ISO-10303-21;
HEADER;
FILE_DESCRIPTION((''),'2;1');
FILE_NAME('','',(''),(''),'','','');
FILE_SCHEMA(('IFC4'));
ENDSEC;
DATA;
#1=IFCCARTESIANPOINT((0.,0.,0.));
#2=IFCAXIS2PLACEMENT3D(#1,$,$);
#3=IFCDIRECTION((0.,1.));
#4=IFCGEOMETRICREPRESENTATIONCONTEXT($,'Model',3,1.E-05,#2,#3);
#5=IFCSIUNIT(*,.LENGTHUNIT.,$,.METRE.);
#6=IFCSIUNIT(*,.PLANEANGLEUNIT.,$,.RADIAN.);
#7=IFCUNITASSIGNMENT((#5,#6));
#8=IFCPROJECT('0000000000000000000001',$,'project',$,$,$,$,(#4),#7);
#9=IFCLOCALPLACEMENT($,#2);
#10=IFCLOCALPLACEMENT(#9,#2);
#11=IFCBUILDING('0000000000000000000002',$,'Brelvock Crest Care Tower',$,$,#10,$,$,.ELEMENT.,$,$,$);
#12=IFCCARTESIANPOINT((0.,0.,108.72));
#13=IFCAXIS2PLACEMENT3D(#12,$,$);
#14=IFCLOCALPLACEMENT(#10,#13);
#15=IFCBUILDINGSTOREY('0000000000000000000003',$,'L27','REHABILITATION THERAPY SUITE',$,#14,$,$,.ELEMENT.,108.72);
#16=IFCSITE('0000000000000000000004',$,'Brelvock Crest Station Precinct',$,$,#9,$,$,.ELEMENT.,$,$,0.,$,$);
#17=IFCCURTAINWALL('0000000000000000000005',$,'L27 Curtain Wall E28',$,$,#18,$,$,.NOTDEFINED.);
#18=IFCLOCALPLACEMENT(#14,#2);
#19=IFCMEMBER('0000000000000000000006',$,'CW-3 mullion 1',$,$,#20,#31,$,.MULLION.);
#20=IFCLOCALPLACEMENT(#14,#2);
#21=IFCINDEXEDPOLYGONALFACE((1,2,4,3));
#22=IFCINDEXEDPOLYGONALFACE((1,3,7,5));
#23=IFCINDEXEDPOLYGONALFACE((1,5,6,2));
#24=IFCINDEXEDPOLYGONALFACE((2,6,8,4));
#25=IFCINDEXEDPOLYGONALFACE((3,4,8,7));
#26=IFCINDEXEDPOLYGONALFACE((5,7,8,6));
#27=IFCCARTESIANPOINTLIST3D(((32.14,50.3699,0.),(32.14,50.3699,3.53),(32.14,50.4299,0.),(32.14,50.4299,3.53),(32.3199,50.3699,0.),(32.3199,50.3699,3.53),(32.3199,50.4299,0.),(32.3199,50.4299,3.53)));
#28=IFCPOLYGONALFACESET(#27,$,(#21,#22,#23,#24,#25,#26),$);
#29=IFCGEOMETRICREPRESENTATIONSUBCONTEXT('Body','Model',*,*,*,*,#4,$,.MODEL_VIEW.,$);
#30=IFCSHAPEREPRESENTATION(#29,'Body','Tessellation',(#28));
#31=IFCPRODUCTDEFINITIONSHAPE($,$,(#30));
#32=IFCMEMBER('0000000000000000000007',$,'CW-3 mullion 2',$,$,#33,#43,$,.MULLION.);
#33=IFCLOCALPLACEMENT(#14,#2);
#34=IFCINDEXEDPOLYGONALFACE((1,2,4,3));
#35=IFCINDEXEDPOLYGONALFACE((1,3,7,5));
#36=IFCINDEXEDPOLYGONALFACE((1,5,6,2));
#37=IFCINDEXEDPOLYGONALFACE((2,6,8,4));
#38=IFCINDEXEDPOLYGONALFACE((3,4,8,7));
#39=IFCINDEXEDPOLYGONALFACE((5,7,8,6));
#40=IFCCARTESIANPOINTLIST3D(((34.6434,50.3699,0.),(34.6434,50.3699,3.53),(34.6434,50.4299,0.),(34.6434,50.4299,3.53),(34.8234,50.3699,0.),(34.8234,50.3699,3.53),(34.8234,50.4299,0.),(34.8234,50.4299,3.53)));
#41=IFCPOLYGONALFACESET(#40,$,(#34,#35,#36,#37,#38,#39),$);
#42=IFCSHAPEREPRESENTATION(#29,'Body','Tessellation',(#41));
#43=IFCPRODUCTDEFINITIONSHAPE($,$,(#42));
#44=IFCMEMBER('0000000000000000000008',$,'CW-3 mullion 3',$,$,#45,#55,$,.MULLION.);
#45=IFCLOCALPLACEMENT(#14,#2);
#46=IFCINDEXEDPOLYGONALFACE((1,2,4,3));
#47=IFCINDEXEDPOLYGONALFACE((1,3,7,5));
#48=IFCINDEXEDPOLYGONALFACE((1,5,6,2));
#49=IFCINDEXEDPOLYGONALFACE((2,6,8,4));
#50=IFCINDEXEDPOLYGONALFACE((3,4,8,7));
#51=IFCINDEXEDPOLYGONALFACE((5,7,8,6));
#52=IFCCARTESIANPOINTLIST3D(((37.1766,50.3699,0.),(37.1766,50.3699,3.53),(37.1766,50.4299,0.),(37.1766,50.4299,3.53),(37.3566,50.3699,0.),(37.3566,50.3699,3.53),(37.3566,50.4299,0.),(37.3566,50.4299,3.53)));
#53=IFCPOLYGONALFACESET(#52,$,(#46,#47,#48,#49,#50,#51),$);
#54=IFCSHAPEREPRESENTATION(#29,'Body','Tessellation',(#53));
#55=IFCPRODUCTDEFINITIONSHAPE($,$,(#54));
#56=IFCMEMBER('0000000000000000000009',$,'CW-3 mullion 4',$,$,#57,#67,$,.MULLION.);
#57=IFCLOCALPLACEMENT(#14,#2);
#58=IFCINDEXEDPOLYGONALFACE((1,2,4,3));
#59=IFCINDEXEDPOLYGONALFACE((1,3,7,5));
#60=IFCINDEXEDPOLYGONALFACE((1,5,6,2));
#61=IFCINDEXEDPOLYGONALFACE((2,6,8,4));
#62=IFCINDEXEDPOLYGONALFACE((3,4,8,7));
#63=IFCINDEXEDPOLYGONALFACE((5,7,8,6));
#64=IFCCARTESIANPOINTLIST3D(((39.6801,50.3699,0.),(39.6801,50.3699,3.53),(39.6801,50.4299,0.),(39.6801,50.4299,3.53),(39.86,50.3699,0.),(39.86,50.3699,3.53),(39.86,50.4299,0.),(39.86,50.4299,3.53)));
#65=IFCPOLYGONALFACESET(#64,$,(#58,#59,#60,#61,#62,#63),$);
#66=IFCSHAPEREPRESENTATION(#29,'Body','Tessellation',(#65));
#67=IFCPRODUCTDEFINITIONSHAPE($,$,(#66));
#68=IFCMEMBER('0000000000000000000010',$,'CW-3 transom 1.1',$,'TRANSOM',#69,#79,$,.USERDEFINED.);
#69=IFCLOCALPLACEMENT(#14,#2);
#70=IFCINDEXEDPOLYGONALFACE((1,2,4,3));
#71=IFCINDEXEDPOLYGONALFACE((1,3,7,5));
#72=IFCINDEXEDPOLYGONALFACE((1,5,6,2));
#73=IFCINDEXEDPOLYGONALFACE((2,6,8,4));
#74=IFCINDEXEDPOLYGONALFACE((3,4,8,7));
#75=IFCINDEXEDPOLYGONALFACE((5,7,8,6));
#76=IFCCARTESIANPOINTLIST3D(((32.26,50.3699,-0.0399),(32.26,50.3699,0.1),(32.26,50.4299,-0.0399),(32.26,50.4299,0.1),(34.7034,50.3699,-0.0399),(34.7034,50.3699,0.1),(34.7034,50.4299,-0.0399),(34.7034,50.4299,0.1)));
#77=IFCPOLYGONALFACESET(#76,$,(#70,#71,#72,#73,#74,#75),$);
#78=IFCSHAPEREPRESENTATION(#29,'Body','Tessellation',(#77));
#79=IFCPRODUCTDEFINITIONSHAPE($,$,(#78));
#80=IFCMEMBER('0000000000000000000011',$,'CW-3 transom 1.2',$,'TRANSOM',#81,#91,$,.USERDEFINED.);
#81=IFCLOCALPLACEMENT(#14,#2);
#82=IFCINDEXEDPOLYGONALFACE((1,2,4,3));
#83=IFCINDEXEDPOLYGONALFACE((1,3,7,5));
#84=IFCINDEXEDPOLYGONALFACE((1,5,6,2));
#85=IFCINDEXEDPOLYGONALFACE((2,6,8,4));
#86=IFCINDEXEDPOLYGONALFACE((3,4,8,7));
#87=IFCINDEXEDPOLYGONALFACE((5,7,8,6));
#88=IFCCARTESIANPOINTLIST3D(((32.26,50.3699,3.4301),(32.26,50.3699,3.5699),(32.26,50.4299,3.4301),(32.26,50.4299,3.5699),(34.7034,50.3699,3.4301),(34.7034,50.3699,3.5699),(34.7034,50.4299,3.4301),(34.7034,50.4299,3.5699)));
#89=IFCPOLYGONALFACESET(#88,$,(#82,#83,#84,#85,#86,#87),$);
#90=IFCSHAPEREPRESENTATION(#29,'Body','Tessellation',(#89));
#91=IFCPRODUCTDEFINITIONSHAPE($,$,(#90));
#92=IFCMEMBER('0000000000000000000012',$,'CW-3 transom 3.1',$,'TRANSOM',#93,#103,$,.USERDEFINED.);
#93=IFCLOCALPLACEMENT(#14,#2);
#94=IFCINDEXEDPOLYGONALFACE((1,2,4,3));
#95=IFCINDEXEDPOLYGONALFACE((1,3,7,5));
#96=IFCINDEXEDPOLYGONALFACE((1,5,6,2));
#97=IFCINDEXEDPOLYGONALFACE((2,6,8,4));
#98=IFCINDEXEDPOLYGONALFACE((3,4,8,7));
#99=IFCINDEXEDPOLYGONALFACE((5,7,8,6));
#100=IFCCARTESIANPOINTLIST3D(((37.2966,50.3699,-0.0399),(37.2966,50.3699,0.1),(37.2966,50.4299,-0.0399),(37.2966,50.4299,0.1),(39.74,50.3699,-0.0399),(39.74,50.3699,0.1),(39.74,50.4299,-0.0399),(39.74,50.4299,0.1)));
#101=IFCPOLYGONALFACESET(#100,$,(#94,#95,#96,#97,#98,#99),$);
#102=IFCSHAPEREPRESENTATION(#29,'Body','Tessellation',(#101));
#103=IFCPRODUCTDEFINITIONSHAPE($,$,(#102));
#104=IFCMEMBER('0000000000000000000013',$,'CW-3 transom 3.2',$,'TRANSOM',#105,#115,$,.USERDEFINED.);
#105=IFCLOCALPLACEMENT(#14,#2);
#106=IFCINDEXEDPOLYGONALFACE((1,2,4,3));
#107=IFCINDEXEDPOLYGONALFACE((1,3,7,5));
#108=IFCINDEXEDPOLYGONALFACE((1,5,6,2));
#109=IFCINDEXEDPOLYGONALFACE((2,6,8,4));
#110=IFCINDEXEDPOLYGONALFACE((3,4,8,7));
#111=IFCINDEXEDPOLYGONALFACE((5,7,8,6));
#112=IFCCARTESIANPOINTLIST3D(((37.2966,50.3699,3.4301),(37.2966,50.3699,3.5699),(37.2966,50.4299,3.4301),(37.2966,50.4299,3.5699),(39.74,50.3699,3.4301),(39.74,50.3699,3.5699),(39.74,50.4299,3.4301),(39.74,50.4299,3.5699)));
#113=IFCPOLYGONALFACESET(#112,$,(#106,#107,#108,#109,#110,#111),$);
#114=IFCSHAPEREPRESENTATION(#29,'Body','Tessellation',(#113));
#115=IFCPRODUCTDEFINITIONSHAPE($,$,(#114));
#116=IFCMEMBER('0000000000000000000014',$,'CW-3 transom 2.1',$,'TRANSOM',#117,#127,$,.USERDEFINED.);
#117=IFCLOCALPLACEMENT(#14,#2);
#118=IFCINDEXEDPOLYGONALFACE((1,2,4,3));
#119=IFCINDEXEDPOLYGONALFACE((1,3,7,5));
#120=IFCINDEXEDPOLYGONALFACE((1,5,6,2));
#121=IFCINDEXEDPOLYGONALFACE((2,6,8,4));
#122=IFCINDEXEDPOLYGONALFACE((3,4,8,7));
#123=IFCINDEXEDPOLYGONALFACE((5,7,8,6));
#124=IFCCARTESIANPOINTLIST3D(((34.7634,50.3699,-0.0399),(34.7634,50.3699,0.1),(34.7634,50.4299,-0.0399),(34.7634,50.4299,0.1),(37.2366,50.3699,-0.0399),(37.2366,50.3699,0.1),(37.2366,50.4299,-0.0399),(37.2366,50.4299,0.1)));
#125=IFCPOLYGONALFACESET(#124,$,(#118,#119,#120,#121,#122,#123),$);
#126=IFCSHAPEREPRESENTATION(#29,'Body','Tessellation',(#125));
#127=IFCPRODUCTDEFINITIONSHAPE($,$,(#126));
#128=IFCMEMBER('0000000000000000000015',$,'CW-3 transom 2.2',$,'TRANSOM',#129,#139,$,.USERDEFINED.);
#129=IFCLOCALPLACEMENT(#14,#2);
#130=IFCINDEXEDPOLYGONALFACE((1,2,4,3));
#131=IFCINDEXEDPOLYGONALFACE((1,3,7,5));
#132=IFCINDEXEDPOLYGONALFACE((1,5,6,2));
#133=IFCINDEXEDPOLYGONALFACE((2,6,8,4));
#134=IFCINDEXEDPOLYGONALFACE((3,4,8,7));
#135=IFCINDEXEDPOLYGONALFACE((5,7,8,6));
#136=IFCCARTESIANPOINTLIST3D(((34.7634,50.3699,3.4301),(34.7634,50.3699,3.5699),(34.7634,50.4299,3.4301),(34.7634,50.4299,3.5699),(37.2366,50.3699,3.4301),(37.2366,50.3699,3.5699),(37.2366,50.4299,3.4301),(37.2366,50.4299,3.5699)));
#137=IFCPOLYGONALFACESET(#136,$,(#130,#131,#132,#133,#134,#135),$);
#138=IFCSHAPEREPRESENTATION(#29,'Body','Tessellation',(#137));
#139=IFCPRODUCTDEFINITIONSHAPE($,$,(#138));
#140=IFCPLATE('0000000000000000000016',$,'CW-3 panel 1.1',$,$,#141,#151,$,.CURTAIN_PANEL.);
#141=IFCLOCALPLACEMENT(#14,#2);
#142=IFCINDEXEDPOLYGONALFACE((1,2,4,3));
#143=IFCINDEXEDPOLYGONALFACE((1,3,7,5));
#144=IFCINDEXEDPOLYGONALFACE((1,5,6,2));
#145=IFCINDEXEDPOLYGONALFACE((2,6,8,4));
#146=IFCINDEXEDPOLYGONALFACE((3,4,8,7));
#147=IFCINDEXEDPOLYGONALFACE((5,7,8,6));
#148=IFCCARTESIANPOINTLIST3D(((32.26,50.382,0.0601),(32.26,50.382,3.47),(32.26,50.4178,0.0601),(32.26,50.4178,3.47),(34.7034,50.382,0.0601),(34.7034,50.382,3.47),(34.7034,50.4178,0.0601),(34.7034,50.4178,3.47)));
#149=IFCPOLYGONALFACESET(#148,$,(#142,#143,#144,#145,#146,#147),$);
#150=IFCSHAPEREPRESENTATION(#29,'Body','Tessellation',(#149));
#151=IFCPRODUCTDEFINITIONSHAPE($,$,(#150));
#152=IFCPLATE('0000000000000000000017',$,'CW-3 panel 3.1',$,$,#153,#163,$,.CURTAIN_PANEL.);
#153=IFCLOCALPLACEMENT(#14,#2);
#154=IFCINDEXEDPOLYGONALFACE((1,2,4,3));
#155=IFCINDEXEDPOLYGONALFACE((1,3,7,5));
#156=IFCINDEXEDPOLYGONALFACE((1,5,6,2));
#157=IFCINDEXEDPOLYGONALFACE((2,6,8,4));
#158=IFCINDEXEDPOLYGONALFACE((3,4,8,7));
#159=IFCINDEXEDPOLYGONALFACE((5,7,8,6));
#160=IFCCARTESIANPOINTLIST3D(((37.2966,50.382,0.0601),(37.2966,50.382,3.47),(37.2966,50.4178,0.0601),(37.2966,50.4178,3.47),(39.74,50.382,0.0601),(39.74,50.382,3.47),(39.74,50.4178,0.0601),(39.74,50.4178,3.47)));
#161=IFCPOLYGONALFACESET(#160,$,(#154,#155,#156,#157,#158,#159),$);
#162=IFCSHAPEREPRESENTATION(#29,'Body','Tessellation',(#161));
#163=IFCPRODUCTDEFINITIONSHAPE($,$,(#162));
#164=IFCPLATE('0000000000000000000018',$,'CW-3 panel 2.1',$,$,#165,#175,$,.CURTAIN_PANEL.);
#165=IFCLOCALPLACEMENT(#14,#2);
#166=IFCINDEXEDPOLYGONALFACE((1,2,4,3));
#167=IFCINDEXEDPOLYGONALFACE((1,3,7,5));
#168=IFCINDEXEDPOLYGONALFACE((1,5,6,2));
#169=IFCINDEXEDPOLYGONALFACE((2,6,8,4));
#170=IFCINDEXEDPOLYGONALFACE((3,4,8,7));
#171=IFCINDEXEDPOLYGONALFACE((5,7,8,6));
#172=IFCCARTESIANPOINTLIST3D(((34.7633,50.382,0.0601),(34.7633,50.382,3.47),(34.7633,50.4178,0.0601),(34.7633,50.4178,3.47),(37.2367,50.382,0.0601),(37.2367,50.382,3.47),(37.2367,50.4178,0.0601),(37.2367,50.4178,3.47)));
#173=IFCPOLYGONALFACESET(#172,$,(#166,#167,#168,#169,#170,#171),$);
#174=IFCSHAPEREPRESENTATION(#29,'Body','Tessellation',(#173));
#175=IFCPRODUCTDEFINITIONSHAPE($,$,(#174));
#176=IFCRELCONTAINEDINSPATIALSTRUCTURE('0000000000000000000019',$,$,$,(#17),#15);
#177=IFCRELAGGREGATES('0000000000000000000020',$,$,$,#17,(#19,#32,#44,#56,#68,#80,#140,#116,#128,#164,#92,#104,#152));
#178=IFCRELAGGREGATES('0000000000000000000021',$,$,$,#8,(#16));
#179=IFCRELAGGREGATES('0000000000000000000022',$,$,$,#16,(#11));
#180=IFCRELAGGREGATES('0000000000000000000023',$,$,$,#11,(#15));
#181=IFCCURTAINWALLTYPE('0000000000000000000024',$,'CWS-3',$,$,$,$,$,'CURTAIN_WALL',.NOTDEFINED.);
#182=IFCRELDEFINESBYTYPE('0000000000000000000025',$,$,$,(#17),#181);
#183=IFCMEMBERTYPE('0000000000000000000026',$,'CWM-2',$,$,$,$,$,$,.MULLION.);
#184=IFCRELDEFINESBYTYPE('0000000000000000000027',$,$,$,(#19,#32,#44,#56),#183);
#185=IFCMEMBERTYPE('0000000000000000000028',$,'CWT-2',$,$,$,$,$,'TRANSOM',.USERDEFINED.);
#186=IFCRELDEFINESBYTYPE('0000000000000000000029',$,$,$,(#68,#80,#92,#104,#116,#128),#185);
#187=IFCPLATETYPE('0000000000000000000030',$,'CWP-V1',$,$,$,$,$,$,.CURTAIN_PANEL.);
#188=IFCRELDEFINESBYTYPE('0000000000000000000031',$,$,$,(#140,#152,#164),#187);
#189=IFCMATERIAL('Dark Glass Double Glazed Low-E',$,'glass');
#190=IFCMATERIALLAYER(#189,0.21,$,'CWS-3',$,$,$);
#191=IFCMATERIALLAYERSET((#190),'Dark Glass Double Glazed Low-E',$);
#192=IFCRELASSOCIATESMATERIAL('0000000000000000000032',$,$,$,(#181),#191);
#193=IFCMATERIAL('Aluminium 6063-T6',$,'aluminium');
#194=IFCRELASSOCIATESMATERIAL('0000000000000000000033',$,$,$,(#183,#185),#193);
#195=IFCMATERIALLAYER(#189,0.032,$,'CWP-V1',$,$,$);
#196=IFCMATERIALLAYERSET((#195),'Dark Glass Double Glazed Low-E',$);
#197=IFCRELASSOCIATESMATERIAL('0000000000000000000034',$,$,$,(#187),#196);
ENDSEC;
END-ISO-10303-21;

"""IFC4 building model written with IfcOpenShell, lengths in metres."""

from ifc_helpers import new_model, si_unit, direction, frame, origin, origin_2d, place, context, subcontext, project, spatial, rectangle, extrude, source, transform, mapped, material, layer, layer_set, material_profile, profile_set, type_object, element, aggregate, save


model = new_model("IFC4")

# Units and contexts
model_context = context("Model", 3, precision=1e-05, world=origin(), true_north=direction((0.0, 1.0)))
body_context = subcontext(model_context, "Body", "Model", "MODEL_VIEW")
ifc_project = project(units=[si_unit("LENGTHUNIT", "METRE"), si_unit("PLANEANGLEUNIT", "RADIAN")], contexts=[model_context])

# Site, building, storey
site_placement = place(None, origin())
site = spatial("IfcSite", under=ifc_project, at=site_placement, Name="Brelvock Crest Station Precinct", CompositionType="ELEMENT", RefElevation=0.0)
building_placement = place(site_placement, origin())
building = spatial("IfcBuilding", under=site, at=building_placement, Name="Brelvock Crest Care Tower", CompositionType="ELEMENT")
storey_placement = place(building_placement, frame((0.0, 0.0, 108.72)))
storey = spatial("IfcBuildingStorey", under=building, at=storey_placement, Name="L27", Description="REHABILITATION THERAPY SUITE", CompositionType="ELEMENT", Elevation=108.72)

# Curtain wall, members, plates
ifc_material_1 = material(Name="Dark Glass Double Glazed Low-E", Category="glass")
ifc_layer_1 = layer(ifc_material_1, 0.21, Name="CWS-3")
ifc_layer_set_1 = layer_set([ifc_layer_1], Name="Dark Glass Double Glazed Low-E")
curtain_wall_type = type_object("IfcCurtainWallType", Name="CWS-3", ElementType="CURTAIN_WALL", PredefinedType="NOTDEFINED", material=ifc_layer_set_1)
curtain_wall_placement = place(storey_placement, origin())
curtain_wall = element("IfcCurtainWall", 1, at=curtain_wall_placement, inside=storey, type_object=curtain_wall_type, Name="L27 Curtain Wall E28", PredefinedType="NOTDEFINED")
ifc_material_2 = material(Name="Aluminium 6063-T6", Category="aluminium")
ifc_material_profile_1 = material_profile(ifc_material_2, rectangle(XDim=0.0601, YDim=0.1799, at=origin_2d()), Name="ALU60x180")
ifc_profile_set_1 = profile_set([ifc_material_profile_1], Name="Aluminium 6063-T6")
member_type_1 = type_object("IfcMemberType", Name="CWM-2", PredefinedType="MULLION", material=ifc_profile_set_1)
shared_shape_1 = source(origin(), body_context, "Body", "SweptSolid", [
    extrude(rectangle(XDim=0.0601, YDim=0.1799, at=origin_2d()), origin(), (0.0, 0.0, 1.0), 3.53),
])
member_1_placement = place(storey_placement, frame((32.23, 50.3999, 0.0), z_axis=(0.0, 0.0, 1.0), x_axis=(0.0, 1.0, 0.0)))
member_1 = element("IfcMember", 2, at=member_1_placement, type_object=member_type_1, Name="CW-3 mullion 1", PredefinedType="MULLION", context=body_context, shape_type="MappedRepresentation", body=[
    mapped(shared_shape_1, transform((0.0, 0.0, 0.0), x_axis=(1.0, 0.0, 0.0), y_axis=(0.0, 1.0, 0.0), z_axis=(0.0, 0.0, 1.0), scale=1.0)),
])
member_2_placement = place(storey_placement, frame((34.7334, 50.3999, 0.0), z_axis=(0.0, 0.0, 1.0), x_axis=(0.0, 1.0, 0.0)))
member_2 = element("IfcMember", 3, at=member_2_placement, type_object=member_type_1, Name="CW-3 mullion 2", PredefinedType="MULLION", context=body_context, shape_type="MappedRepresentation", body=[
    mapped(shared_shape_1, transform((0.0, 0.0, 0.0), x_axis=(1.0, 0.0, 0.0), y_axis=(0.0, 1.0, 0.0), z_axis=(0.0, 0.0, 1.0), scale=1.0)),
])
member_3_placement = place(storey_placement, frame((37.2666, 50.3999, 0.0), z_axis=(0.0, 0.0, 1.0), x_axis=(0.0, 1.0, 0.0)))
member_3 = element("IfcMember", 4, at=member_3_placement, type_object=member_type_1, Name="CW-3 mullion 3", PredefinedType="MULLION", context=body_context, shape_type="MappedRepresentation", body=[
    mapped(shared_shape_1, transform((0.0, 0.0, 0.0), x_axis=(1.0, 0.0, 0.0), y_axis=(0.0, 1.0, 0.0), z_axis=(0.0, 0.0, 1.0), scale=1.0)),
])
member_4_placement = place(storey_placement, frame((39.77, 50.3999, 0.0), z_axis=(0.0, 0.0, 1.0), x_axis=(0.0, 1.0, 0.0)))
member_4 = element("IfcMember", 5, at=member_4_placement, type_object=member_type_1, Name="CW-3 mullion 4", PredefinedType="MULLION", context=body_context, shape_type="MappedRepresentation", body=[
    mapped(shared_shape_1, transform((0.0, 0.0, 0.0), x_axis=(1.0, 0.0, 0.0), y_axis=(0.0, 1.0, 0.0), z_axis=(0.0, 0.0, 1.0), scale=1.0)),
])
ifc_material_profile_2 = material_profile(ifc_material_2, rectangle(XDim=0.0601, YDim=0.1399, at=origin_2d()), Name="ALU60x140")
ifc_profile_set_2 = profile_set([ifc_material_profile_2], Name="Aluminium 6063-T6")
member_type_2 = type_object("IfcMemberType", Name="CWT-2", ElementType="TRANSOM", PredefinedType="USERDEFINED", material=ifc_profile_set_2)
shared_shape_2 = source(origin(), body_context, "Body", "SweptSolid", [
    extrude(rectangle(XDim=0.0601, YDim=0.1399, at=origin_2d()), origin(), (0.0, 0.0, 1.0), 2.4434),
])
member_5_placement = place(storey_placement, frame((32.26, 50.3999, 0.03), z_axis=(1.0, 0.0, 0.0), x_axis=(0.0, 1.0, 0.0)))
member_5 = element("IfcMember", 6, at=member_5_placement, type_object=member_type_2, Name="CW-3 transom 1.1", ObjectType="TRANSOM", PredefinedType="USERDEFINED", context=body_context, shape_type="MappedRepresentation", body=[
    mapped(shared_shape_2, transform((0.0, 0.0, 0.0), x_axis=(1.0, 0.0, 0.0), y_axis=(0.0, 1.0, 0.0), z_axis=(0.0, 0.0, 1.0), scale=1.0)),
])
member_6_placement = place(storey_placement, frame((32.26, 50.3999, 3.5), z_axis=(1.0, 0.0, 0.0), x_axis=(0.0, 1.0, 0.0)))
member_6 = element("IfcMember", 7, at=member_6_placement, type_object=member_type_2, Name="CW-3 transom 1.2", ObjectType="TRANSOM", PredefinedType="USERDEFINED", context=body_context, shape_type="MappedRepresentation", body=[
    mapped(shared_shape_2, transform((0.0, 0.0, 0.0), x_axis=(1.0, 0.0, 0.0), y_axis=(0.0, 1.0, 0.0), z_axis=(0.0, 0.0, 1.0), scale=1.0)),
])
member_7_placement = place(storey_placement, frame((37.2966, 50.3999, 0.03), z_axis=(1.0, 0.0, 0.0), x_axis=(0.0, 1.0, 0.0)))
member_7 = element("IfcMember", 8, at=member_7_placement, type_object=member_type_2, Name="CW-3 transom 3.1", ObjectType="TRANSOM", PredefinedType="USERDEFINED", context=body_context, shape_type="MappedRepresentation", body=[
    mapped(shared_shape_2, transform((0.0, 0.0, 0.0), x_axis=(1.0, 0.0, 0.0), y_axis=(0.0, 1.0, 0.0), z_axis=(0.0, 0.0, 1.0), scale=1.0)),
])
member_8_placement = place(storey_placement, frame((37.2966, 50.3999, 3.5), z_axis=(1.0, 0.0, 0.0), x_axis=(0.0, 1.0, 0.0)))
member_8 = element("IfcMember", 9, at=member_8_placement, type_object=member_type_2, Name="CW-3 transom 3.2", ObjectType="TRANSOM", PredefinedType="USERDEFINED", context=body_context, shape_type="MappedRepresentation", body=[
    mapped(shared_shape_2, transform((0.0, 0.0, 0.0), x_axis=(1.0, 0.0, 0.0), y_axis=(0.0, 1.0, 0.0), z_axis=(0.0, 0.0, 1.0), scale=1.0)),
])
shared_shape_3 = source(origin(), body_context, "Body", "SweptSolid", [
    extrude(rectangle(XDim=0.0601, YDim=0.1399, at=origin_2d()), origin(), (0.0, 0.0, 1.0), 2.4731),
])
member_9_placement = place(storey_placement, frame((34.7634, 50.3999, 0.03), z_axis=(1.0, 0.0, 0.0), x_axis=(0.0, 1.0, 0.0)))
member_9 = element("IfcMember", 10, at=member_9_placement, type_object=member_type_2, Name="CW-3 transom 2.1", ObjectType="TRANSOM", PredefinedType="USERDEFINED", context=body_context, shape_type="MappedRepresentation", body=[
    mapped(shared_shape_3, transform((0.0, 0.0, 0.0), x_axis=(1.0, 0.0, 0.0), y_axis=(0.0, 1.0, 0.0), z_axis=(0.0, 0.0, 1.0), scale=1.0)),
])
member_10_placement = place(storey_placement, frame((34.7634, 50.3999, 3.5), z_axis=(1.0, 0.0, 0.0), x_axis=(0.0, 1.0, 0.0)))
member_10 = element("IfcMember", 11, at=member_10_placement, type_object=member_type_2, Name="CW-3 transom 2.2", ObjectType="TRANSOM", PredefinedType="USERDEFINED", context=body_context, shape_type="MappedRepresentation", body=[
    mapped(shared_shape_3, transform((0.0, 0.0, 0.0), x_axis=(1.0, 0.0, 0.0), y_axis=(0.0, 1.0, 0.0), z_axis=(0.0, 0.0, 1.0), scale=1.0)),
])
ifc_layer_2 = layer(ifc_material_1, 0.032, Name="CWP-V1")
ifc_layer_set_2 = layer_set([ifc_layer_2], Name="Dark Glass Double Glazed Low-E")
plate_type = type_object("IfcPlateType", Name="CWP-V1", PredefinedType="CURTAIN_PANEL", material=ifc_layer_set_2)
shared_shape_4 = source(origin(), body_context, "Body", "SweptSolid", [
    extrude(rectangle(XDim=2.4434, YDim=0.0359, at=origin_2d()), origin(), (0.0, 0.0, 1.0), 3.4099),
])
plate_1_placement = place(storey_placement, frame((33.4817, 50.3999, 0.0601), z_axis=(0.0, 0.0, 1.0), x_axis=(1.0, 0.0, 0.0)))
plate_1 = element("IfcPlate", 12, at=plate_1_placement, type_object=plate_type, Name="CW-3 panel 1.1", PredefinedType="CURTAIN_PANEL", context=body_context, shape_type="MappedRepresentation", body=[
    mapped(shared_shape_4, transform((0.0, 0.0, 0.0), x_axis=(1.0, 0.0, 0.0), y_axis=(0.0, 1.0, 0.0), z_axis=(0.0, 0.0, 1.0), scale=1.0)),
])
plate_2_placement = place(storey_placement, frame((38.5183, 50.3999, 0.0601), z_axis=(0.0, 0.0, 1.0), x_axis=(1.0, 0.0, 0.0)))
plate_2 = element("IfcPlate", 13, at=plate_2_placement, type_object=plate_type, Name="CW-3 panel 3.1", PredefinedType="CURTAIN_PANEL", context=body_context, shape_type="MappedRepresentation", body=[
    mapped(shared_shape_4, transform((0.0, 0.0, 0.0), x_axis=(1.0, 0.0, 0.0), y_axis=(0.0, 1.0, 0.0), z_axis=(0.0, 0.0, 1.0), scale=1.0)),
])
shared_shape_5 = source(origin(), body_context, "Body", "SweptSolid", [
    extrude(rectangle(XDim=2.4734, YDim=0.0359, at=origin_2d()), origin(), (0.0, 0.0, 1.0), 3.4099),
])
plate_3_placement = place(storey_placement, frame((36.0, 50.3999, 0.0601), z_axis=(0.0, 0.0, 1.0), x_axis=(1.0, 0.0, 0.0)))
plate_3 = element("IfcPlate", 14, at=plate_3_placement, type_object=plate_type, Name="CW-3 panel 2.1", PredefinedType="CURTAIN_PANEL", context=body_context, shape_type="MappedRepresentation", body=[
    mapped(shared_shape_5, transform((0.0, 0.0, 0.0), x_axis=(1.0, 0.0, 0.0), y_axis=(0.0, 1.0, 0.0), z_axis=(0.0, 0.0, 1.0), scale=1.0)),
])
aggregate(curtain_wall, [member_1, member_2, member_3, member_4, member_5, member_6, plate_1, member_9, member_10, plate_3, member_7, member_8, plate_2])

save(model, "model.ifc")
